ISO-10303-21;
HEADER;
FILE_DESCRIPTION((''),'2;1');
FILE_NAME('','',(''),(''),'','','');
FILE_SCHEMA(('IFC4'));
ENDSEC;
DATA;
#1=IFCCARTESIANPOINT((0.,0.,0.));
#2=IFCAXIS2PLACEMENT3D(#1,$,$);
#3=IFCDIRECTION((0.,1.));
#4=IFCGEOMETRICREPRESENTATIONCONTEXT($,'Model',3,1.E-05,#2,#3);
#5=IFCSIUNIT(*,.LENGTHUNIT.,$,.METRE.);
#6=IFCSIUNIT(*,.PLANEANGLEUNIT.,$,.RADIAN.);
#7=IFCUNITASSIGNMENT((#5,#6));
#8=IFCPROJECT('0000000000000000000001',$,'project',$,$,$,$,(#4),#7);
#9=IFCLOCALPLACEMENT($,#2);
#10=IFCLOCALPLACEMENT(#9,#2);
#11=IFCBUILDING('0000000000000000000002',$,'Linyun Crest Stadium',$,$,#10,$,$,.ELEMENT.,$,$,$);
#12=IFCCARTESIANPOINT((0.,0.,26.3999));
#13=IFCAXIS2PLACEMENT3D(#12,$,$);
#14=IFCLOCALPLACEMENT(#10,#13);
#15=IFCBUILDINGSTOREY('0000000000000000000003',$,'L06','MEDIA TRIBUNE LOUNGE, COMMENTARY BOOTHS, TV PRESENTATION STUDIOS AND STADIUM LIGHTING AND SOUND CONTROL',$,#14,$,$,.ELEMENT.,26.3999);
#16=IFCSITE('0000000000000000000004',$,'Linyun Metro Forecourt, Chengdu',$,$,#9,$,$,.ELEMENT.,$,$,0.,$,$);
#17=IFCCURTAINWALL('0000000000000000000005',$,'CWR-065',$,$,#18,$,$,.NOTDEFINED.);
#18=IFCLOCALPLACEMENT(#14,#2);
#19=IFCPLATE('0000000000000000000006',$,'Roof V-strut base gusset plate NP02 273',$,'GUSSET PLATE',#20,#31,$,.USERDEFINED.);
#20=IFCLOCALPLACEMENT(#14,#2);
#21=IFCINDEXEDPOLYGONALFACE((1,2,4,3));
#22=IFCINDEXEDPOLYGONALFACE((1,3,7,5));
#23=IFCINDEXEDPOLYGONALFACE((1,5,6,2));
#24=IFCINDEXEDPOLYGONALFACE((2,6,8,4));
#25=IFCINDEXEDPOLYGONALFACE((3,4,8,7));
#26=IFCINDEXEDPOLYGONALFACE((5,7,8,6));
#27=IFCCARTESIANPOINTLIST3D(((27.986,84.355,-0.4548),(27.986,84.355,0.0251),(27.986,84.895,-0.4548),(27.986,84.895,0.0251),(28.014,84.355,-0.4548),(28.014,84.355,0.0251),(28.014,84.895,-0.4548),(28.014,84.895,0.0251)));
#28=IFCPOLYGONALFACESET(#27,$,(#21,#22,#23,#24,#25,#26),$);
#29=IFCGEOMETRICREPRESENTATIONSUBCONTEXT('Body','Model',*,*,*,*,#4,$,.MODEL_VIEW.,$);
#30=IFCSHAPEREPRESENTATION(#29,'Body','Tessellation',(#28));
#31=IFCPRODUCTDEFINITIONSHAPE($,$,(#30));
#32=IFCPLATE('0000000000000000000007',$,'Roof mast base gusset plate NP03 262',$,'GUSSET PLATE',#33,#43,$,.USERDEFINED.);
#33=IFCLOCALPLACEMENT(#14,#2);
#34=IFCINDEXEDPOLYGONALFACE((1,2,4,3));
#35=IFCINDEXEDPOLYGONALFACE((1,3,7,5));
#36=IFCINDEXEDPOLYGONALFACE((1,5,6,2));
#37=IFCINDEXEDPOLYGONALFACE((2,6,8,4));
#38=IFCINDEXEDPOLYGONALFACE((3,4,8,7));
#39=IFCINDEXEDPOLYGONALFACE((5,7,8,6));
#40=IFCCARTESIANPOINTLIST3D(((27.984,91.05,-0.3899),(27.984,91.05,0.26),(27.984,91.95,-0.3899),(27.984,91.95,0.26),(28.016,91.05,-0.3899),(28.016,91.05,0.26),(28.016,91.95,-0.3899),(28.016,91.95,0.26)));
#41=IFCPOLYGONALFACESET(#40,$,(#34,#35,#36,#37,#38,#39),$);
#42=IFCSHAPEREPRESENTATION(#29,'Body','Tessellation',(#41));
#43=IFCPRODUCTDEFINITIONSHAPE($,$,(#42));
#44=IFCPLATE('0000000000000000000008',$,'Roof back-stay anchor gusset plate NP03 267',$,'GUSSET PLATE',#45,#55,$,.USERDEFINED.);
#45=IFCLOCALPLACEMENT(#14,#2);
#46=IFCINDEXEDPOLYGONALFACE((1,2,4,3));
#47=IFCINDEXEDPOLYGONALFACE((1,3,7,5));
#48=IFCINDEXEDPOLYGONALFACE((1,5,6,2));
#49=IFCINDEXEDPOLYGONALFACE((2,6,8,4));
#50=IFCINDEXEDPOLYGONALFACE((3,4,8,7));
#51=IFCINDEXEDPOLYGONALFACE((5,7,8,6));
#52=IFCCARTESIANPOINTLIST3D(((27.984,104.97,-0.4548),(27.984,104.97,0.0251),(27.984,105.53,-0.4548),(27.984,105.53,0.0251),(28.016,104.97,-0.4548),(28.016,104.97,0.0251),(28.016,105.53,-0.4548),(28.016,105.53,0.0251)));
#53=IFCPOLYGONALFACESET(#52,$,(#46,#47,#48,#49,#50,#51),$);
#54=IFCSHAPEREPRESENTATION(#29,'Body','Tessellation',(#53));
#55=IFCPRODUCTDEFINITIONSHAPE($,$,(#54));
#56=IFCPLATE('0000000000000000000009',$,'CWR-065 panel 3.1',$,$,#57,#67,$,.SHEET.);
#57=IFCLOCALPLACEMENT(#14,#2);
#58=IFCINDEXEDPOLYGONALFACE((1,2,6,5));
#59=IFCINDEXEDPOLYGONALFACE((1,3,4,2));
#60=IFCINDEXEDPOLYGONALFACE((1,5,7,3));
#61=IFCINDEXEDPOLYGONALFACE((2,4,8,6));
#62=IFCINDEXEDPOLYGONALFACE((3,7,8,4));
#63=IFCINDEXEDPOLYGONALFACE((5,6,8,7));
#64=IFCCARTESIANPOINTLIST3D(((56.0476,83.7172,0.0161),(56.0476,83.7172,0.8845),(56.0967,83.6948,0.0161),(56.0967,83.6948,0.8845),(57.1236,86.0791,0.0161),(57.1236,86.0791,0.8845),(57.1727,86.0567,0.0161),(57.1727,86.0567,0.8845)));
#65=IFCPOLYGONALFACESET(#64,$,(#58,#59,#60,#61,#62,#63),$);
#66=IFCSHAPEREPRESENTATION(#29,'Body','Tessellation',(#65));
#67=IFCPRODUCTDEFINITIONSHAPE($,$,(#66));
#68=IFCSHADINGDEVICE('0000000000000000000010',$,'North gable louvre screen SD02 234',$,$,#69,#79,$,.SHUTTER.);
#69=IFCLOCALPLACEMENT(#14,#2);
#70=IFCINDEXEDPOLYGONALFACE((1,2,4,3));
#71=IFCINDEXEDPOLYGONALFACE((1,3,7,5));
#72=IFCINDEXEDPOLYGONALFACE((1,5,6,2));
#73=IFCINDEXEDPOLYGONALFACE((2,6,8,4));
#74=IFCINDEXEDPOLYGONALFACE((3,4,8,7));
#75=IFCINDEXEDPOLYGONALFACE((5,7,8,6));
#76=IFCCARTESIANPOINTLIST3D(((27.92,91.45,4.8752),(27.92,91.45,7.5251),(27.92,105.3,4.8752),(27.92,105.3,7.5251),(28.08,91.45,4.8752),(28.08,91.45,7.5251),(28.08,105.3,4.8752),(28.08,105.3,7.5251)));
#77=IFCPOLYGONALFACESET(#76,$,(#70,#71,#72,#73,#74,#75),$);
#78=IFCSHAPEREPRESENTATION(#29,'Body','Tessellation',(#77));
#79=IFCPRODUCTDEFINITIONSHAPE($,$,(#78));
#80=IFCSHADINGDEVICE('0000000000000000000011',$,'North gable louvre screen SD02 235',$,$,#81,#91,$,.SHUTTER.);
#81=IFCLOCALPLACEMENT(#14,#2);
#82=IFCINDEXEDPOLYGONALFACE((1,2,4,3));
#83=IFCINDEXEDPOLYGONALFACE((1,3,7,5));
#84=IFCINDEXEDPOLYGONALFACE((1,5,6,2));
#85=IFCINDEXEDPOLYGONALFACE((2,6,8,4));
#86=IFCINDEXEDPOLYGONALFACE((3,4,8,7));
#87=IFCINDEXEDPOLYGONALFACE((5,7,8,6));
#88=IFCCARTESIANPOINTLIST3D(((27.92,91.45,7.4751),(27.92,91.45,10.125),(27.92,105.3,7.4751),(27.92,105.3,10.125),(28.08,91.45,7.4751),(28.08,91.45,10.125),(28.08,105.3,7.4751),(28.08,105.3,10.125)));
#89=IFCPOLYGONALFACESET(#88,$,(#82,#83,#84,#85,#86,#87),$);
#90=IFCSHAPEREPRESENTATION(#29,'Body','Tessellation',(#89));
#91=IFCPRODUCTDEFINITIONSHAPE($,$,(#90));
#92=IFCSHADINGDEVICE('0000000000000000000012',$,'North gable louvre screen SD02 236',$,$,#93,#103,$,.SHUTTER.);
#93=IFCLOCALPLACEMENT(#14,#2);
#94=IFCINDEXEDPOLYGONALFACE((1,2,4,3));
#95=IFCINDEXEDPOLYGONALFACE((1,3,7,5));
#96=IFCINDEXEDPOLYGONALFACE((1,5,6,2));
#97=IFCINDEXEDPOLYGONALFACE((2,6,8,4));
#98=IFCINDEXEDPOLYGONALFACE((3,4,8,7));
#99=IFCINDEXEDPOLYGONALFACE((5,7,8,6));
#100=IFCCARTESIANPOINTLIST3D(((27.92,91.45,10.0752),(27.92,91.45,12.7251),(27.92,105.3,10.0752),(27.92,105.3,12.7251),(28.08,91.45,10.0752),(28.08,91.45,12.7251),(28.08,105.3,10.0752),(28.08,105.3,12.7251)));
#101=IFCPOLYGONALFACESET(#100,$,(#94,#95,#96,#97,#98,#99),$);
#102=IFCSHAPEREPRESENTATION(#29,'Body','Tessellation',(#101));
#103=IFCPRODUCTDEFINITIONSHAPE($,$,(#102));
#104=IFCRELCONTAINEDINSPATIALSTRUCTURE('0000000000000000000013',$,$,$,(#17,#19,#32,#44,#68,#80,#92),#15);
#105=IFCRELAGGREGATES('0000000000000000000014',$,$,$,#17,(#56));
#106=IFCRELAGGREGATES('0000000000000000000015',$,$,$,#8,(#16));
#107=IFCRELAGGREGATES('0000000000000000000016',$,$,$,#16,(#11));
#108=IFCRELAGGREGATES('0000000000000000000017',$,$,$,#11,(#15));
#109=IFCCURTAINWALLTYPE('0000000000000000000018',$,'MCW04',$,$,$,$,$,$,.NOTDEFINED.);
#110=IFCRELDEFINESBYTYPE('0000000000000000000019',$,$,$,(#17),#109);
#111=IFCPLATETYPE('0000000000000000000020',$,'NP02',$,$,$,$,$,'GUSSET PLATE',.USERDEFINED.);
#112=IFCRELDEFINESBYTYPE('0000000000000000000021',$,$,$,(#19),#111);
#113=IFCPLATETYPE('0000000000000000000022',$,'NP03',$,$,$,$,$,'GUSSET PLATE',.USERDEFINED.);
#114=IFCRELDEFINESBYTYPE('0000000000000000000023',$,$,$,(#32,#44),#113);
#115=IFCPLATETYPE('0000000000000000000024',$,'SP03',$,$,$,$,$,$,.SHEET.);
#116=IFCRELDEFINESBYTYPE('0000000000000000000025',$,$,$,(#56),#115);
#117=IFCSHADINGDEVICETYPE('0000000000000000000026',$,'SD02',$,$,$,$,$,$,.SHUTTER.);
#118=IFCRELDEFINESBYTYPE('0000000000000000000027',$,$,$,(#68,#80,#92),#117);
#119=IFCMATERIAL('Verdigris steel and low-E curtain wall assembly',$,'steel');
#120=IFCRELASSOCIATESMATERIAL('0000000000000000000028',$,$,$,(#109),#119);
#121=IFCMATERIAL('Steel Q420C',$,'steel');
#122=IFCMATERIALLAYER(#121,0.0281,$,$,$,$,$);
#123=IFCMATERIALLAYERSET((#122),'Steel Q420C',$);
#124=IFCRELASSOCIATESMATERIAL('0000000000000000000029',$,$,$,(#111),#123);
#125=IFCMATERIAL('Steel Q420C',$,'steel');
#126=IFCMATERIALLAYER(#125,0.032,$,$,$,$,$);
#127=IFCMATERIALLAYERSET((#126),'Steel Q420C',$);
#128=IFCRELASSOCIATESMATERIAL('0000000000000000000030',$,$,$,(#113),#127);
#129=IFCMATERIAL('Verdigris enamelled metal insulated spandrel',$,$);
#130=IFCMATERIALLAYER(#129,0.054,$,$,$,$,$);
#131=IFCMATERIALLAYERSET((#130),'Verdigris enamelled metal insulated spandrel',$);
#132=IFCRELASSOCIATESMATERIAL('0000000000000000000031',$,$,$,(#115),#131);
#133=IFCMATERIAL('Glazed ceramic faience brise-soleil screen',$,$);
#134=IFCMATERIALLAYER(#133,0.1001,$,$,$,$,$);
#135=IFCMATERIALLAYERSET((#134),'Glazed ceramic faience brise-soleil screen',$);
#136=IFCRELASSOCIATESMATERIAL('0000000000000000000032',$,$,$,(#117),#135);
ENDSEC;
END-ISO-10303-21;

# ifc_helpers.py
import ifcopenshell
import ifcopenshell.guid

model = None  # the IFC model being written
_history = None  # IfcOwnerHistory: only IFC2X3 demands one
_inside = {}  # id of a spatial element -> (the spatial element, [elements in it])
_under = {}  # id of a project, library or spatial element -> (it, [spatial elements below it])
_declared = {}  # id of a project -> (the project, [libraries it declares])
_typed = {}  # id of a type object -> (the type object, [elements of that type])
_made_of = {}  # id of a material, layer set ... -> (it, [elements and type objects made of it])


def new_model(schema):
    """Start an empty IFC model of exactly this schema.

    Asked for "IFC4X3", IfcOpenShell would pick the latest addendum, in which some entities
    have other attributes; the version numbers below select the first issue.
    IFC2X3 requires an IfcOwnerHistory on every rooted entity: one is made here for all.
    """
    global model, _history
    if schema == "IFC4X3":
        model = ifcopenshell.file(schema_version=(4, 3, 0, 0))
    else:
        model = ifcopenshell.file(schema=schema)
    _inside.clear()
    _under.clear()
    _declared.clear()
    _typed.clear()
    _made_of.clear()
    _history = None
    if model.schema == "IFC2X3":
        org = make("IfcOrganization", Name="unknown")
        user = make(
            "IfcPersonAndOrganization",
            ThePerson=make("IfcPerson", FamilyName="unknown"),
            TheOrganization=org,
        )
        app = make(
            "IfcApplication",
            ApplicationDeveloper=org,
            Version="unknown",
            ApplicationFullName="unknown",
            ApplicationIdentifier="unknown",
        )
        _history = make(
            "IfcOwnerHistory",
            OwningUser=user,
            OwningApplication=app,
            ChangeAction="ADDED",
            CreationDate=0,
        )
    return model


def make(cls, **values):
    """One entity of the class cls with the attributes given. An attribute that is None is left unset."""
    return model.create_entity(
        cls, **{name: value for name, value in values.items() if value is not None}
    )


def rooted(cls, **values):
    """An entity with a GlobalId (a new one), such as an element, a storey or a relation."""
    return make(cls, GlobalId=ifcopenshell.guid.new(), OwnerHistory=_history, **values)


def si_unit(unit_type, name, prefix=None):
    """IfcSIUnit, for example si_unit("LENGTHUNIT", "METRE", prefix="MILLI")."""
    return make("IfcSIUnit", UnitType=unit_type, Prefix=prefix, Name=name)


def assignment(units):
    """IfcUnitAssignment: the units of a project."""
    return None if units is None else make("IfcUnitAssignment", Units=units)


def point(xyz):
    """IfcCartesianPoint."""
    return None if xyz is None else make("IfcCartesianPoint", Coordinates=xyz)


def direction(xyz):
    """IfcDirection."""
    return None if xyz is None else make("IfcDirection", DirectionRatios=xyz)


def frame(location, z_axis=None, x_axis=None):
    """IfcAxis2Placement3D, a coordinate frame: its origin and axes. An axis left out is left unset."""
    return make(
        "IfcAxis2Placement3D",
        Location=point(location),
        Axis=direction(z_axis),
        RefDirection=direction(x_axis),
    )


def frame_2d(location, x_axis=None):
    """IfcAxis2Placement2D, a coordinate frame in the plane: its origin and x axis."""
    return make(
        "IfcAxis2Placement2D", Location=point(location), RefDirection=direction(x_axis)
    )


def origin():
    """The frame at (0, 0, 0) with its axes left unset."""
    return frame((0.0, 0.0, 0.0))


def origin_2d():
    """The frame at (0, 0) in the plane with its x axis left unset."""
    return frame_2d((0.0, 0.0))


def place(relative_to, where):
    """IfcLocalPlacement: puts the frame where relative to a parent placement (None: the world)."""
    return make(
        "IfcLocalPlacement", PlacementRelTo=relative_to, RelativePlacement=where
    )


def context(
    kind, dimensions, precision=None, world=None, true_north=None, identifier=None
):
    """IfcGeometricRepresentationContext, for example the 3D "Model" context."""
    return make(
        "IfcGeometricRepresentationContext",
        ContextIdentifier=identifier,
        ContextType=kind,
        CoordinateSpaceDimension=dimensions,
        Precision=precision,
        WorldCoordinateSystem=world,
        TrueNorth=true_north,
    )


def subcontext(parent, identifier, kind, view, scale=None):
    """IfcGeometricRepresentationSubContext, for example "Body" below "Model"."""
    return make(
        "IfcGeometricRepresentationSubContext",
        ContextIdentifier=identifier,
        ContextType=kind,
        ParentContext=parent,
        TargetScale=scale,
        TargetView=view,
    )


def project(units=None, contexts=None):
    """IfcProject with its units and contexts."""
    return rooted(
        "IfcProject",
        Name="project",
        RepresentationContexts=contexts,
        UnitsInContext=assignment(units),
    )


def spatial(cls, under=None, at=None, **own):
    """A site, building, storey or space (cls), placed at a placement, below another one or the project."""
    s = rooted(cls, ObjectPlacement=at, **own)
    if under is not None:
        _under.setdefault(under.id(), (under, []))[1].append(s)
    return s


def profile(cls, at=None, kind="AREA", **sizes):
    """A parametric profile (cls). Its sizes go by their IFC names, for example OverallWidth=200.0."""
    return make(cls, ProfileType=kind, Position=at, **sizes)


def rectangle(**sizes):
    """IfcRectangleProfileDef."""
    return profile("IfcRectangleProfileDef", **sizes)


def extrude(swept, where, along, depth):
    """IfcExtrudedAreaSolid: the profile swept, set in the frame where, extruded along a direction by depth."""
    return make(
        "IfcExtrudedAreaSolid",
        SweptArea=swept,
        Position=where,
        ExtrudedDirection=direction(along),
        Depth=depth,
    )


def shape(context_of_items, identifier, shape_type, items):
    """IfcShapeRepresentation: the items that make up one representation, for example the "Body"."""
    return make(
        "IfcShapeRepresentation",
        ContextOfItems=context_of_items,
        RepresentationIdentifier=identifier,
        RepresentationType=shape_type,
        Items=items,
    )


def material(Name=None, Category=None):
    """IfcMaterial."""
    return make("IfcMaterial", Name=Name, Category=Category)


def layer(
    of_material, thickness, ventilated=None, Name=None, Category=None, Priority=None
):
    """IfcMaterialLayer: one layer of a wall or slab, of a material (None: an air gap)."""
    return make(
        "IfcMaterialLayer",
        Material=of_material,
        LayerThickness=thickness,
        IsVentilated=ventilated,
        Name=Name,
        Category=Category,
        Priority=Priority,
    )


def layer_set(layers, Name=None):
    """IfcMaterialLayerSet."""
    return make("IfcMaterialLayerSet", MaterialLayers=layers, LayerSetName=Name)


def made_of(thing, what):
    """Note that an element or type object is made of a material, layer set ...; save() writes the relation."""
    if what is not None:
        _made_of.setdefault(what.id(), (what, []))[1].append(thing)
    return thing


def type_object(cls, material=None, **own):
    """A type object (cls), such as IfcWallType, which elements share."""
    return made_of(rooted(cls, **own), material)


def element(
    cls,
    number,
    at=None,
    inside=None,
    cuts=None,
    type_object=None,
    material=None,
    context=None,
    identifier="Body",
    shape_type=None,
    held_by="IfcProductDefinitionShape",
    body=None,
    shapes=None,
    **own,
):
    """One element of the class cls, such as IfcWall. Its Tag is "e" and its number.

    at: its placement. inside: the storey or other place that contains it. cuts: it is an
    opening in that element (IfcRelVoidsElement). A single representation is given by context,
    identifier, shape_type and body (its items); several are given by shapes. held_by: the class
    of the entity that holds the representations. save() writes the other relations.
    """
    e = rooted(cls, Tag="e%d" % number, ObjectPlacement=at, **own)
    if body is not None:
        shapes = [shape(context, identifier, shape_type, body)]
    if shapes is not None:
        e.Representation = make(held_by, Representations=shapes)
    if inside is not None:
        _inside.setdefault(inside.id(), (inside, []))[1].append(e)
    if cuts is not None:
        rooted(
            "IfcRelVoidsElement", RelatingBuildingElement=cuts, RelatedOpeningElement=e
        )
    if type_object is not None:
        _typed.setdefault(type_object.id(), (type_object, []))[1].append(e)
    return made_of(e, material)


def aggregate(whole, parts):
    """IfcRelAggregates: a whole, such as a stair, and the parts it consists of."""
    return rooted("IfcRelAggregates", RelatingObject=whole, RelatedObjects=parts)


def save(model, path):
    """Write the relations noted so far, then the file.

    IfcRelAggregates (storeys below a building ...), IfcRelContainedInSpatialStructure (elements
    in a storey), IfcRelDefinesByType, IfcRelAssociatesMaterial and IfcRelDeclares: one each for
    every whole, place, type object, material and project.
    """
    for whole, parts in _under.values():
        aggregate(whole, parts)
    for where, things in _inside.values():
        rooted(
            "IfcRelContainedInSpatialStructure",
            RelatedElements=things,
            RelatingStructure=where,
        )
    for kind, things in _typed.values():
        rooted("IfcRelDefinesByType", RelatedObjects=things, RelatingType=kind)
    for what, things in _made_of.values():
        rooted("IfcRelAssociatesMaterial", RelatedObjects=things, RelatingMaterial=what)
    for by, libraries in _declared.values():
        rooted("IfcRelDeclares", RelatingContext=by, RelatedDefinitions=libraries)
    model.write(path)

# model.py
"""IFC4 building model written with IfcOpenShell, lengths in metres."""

from ifc_helpers import new_model, si_unit, direction, frame, origin, origin_2d, place, context, subcontext, project, spatial, rectangle, extrude, material, layer, layer_set, type_object, element, aggregate, save


model = new_model("IFC4")

# Units and contexts
model_context = context("Model", 3, precision=1e-05, world=origin(), true_north=direction((0.0, 1.0)))
body_context = subcontext(model_context, "Body", "Model", "MODEL_VIEW")
ifc_project = project(units=[si_unit("LENGTHUNIT", "METRE"), si_unit("PLANEANGLEUNIT", "RADIAN")], contexts=[model_context])

# Site, building, storey
site_placement = place(None, origin())
site = spatial("IfcSite", under=ifc_project, at=site_placement, Name="Linyun Metro Forecourt, Chengdu", CompositionType="ELEMENT", RefElevation=0.0)
building_placement = place(site_placement, origin())
building = spatial("IfcBuilding", under=site, at=building_placement, Name="Linyun Crest Stadium", CompositionType="ELEMENT")
storey_placement = place(building_placement, frame((0.0, 0.0, 26.3999)))
storey = spatial("IfcBuildingStorey", under=building, at=storey_placement, Name="L06", Description="MEDIA TRIBUNE LOUNGE, COMMENTARY BOOTHS, TV PRESENTATION STUDIOS AND STADIUM LIGHTING AND SOUND CONTROL", CompositionType="ELEMENT", Elevation=26.3999)

# Curtain wall
ifc_material_1 = material(Name="Verdigris steel and low-E curtain wall assembly", Category="steel")
curtain_wall_type = type_object("IfcCurtainWallType", Name="MCW04", PredefinedType="NOTDEFINED", material=ifc_material_1)
curtain_wall_placement = place(storey_placement, origin())
curtain_wall = element("IfcCurtainWall", 1, at=curtain_wall_placement, inside=storey, type_object=curtain_wall_type, Name="CWR-065", PredefinedType="NOTDEFINED")

# Plates
ifc_material_2 = material(Name="Steel Q420C", Category="steel")
ifc_layer_1 = layer(ifc_material_2, 0.0281)
ifc_layer_set_1 = layer_set([ifc_layer_1], Name="Steel Q420C")
plate_type_1 = type_object("IfcPlateType", Name="NP02", ElementType="GUSSET PLATE", PredefinedType="USERDEFINED", material=ifc_layer_set_1)
plate_1_placement = place(storey_placement, frame((28.0, 84.625, -0.4548), z_axis=(0.0, 0.0, 1.0), x_axis=(0.0, 1.0, 0.0)))
element("IfcPlate", 2, at=plate_1_placement, inside=storey, type_object=plate_type_1, Name="Roof V-strut base gusset plate NP02 273", ObjectType="GUSSET PLATE", PredefinedType="USERDEFINED", context=body_context, shape_type="SweptSolid", body=[
    extrude(rectangle(XDim=0.54, YDim=0.0281, at=origin_2d()), origin(), (0.0, 0.0, 1.0), 0.48),
])
ifc_material_3 = material(Name="Steel Q420C", Category="steel")
ifc_layer_2 = layer(ifc_material_3, 0.032)
ifc_layer_set_2 = layer_set([ifc_layer_2], Name="Steel Q420C")
plate_type_2 = type_object("IfcPlateType", Name="NP03", ElementType="GUSSET PLATE", PredefinedType="USERDEFINED", material=ifc_layer_set_2)
plate_2_placement = place(storey_placement, frame((28.0, 91.5, -0.3899), z_axis=(0.0, 0.0, 1.0), x_axis=(0.0, 1.0, 0.0)))
element("IfcPlate", 3, at=plate_2_placement, inside=storey, type_object=plate_type_2, Name="Roof mast base gusset plate NP03 262", ObjectType="GUSSET PLATE", PredefinedType="USERDEFINED", context=body_context, shape_type="SweptSolid", body=[
    extrude(rectangle(XDim=0.8999, YDim=0.032, at=origin_2d()), origin(), (0.0, 0.0, 1.0), 0.6499),
])
plate_3_placement = place(storey_placement, frame((28.0, 105.25, -0.4548), z_axis=(0.0, 0.0, 1.0), x_axis=(0.0, 1.0, 0.0)))
element("IfcPlate", 4, at=plate_3_placement, inside=storey, type_object=plate_type_2, Name="Roof back-stay anchor gusset plate NP03 267", ObjectType="GUSSET PLATE", PredefinedType="USERDEFINED", context=body_context, shape_type="SweptSolid", body=[
    extrude(rectangle(XDim=0.5601, YDim=0.032, at=origin_2d()), origin(), (0.0, 0.0, 1.0), 0.48),
])

# Plate
ifc_material_4 = material(Name="Verdigris enamelled metal insulated spandrel")
ifc_layer_3 = layer(ifc_material_4, 0.054)
ifc_layer_set_3 = layer_set([ifc_layer_3], Name="Verdigris enamelled metal insulated spandrel")
plate_type_3 = type_object("IfcPlateType", Name="SP03", PredefinedType="SHEET", material=ifc_layer_set_3)
plate_4_placement = place(storey_placement, frame((56.6101, 84.887, 0.0161), z_axis=(0.0, 0.0, 1.0), x_axis=(-0.414566, -0.910019, 0.0)))
plate_4 = element("IfcPlate", 5, at=plate_4_placement, type_object=plate_type_3, Name="CWR-065 panel 3.1", PredefinedType="SHEET", context=body_context, shape_type="SweptSolid", body=[
    extrude(rectangle(XDim=2.5955, YDim=0.054, at=origin_2d()), origin(), (0.0, 0.0, 1.0), 0.8684),
])
aggregate(curtain_wall, [plate_4])

# Shading devices
ifc_material_5 = material(Name="Glazed ceramic faience brise-soleil screen")
ifc_layer_4 = layer(ifc_material_5, 0.1001)
ifc_layer_set_4 = layer_set([ifc_layer_4], Name="Glazed ceramic faience brise-soleil screen")
shading_device_type = type_object("IfcShadingDeviceType", Name="SD02", PredefinedType="SHUTTER", material=ifc_layer_set_4)
for number, where, z_axis, x_axis, name in (
    (6, (28.0, 98.375, 4.8752), (0.0, 0.0, 1.0), (1.0, 0.0, 0.0), "North gable louvre screen SD02 234"),
    (7, (28.0, 98.375, 7.4751), (0.0, 0.0, 1.0), (1.0, 0.0, 0.0), "North gable louvre screen SD02 235"),
    (8, (28.0, 98.375, 10.0752), (0.0, 0.0, 1.0), (1.0, 0.0, 0.0), "North gable louvre screen SD02 236"),
):
    element("IfcShadingDevice", number, at=place(storey_placement, frame(where, z_axis=z_axis, x_axis=x_axis)), inside=storey, type_object=shading_device_type, Name=name, PredefinedType="SHUTTER", context=body_context, shape_type="SweptSolid", body=[
        extrude(rectangle(XDim=0.1599, YDim=13.8501, at=origin_2d()), origin(), (0.0, 0.0, 1.0), 2.6499),
    ])

save(model, "model.ifc")
